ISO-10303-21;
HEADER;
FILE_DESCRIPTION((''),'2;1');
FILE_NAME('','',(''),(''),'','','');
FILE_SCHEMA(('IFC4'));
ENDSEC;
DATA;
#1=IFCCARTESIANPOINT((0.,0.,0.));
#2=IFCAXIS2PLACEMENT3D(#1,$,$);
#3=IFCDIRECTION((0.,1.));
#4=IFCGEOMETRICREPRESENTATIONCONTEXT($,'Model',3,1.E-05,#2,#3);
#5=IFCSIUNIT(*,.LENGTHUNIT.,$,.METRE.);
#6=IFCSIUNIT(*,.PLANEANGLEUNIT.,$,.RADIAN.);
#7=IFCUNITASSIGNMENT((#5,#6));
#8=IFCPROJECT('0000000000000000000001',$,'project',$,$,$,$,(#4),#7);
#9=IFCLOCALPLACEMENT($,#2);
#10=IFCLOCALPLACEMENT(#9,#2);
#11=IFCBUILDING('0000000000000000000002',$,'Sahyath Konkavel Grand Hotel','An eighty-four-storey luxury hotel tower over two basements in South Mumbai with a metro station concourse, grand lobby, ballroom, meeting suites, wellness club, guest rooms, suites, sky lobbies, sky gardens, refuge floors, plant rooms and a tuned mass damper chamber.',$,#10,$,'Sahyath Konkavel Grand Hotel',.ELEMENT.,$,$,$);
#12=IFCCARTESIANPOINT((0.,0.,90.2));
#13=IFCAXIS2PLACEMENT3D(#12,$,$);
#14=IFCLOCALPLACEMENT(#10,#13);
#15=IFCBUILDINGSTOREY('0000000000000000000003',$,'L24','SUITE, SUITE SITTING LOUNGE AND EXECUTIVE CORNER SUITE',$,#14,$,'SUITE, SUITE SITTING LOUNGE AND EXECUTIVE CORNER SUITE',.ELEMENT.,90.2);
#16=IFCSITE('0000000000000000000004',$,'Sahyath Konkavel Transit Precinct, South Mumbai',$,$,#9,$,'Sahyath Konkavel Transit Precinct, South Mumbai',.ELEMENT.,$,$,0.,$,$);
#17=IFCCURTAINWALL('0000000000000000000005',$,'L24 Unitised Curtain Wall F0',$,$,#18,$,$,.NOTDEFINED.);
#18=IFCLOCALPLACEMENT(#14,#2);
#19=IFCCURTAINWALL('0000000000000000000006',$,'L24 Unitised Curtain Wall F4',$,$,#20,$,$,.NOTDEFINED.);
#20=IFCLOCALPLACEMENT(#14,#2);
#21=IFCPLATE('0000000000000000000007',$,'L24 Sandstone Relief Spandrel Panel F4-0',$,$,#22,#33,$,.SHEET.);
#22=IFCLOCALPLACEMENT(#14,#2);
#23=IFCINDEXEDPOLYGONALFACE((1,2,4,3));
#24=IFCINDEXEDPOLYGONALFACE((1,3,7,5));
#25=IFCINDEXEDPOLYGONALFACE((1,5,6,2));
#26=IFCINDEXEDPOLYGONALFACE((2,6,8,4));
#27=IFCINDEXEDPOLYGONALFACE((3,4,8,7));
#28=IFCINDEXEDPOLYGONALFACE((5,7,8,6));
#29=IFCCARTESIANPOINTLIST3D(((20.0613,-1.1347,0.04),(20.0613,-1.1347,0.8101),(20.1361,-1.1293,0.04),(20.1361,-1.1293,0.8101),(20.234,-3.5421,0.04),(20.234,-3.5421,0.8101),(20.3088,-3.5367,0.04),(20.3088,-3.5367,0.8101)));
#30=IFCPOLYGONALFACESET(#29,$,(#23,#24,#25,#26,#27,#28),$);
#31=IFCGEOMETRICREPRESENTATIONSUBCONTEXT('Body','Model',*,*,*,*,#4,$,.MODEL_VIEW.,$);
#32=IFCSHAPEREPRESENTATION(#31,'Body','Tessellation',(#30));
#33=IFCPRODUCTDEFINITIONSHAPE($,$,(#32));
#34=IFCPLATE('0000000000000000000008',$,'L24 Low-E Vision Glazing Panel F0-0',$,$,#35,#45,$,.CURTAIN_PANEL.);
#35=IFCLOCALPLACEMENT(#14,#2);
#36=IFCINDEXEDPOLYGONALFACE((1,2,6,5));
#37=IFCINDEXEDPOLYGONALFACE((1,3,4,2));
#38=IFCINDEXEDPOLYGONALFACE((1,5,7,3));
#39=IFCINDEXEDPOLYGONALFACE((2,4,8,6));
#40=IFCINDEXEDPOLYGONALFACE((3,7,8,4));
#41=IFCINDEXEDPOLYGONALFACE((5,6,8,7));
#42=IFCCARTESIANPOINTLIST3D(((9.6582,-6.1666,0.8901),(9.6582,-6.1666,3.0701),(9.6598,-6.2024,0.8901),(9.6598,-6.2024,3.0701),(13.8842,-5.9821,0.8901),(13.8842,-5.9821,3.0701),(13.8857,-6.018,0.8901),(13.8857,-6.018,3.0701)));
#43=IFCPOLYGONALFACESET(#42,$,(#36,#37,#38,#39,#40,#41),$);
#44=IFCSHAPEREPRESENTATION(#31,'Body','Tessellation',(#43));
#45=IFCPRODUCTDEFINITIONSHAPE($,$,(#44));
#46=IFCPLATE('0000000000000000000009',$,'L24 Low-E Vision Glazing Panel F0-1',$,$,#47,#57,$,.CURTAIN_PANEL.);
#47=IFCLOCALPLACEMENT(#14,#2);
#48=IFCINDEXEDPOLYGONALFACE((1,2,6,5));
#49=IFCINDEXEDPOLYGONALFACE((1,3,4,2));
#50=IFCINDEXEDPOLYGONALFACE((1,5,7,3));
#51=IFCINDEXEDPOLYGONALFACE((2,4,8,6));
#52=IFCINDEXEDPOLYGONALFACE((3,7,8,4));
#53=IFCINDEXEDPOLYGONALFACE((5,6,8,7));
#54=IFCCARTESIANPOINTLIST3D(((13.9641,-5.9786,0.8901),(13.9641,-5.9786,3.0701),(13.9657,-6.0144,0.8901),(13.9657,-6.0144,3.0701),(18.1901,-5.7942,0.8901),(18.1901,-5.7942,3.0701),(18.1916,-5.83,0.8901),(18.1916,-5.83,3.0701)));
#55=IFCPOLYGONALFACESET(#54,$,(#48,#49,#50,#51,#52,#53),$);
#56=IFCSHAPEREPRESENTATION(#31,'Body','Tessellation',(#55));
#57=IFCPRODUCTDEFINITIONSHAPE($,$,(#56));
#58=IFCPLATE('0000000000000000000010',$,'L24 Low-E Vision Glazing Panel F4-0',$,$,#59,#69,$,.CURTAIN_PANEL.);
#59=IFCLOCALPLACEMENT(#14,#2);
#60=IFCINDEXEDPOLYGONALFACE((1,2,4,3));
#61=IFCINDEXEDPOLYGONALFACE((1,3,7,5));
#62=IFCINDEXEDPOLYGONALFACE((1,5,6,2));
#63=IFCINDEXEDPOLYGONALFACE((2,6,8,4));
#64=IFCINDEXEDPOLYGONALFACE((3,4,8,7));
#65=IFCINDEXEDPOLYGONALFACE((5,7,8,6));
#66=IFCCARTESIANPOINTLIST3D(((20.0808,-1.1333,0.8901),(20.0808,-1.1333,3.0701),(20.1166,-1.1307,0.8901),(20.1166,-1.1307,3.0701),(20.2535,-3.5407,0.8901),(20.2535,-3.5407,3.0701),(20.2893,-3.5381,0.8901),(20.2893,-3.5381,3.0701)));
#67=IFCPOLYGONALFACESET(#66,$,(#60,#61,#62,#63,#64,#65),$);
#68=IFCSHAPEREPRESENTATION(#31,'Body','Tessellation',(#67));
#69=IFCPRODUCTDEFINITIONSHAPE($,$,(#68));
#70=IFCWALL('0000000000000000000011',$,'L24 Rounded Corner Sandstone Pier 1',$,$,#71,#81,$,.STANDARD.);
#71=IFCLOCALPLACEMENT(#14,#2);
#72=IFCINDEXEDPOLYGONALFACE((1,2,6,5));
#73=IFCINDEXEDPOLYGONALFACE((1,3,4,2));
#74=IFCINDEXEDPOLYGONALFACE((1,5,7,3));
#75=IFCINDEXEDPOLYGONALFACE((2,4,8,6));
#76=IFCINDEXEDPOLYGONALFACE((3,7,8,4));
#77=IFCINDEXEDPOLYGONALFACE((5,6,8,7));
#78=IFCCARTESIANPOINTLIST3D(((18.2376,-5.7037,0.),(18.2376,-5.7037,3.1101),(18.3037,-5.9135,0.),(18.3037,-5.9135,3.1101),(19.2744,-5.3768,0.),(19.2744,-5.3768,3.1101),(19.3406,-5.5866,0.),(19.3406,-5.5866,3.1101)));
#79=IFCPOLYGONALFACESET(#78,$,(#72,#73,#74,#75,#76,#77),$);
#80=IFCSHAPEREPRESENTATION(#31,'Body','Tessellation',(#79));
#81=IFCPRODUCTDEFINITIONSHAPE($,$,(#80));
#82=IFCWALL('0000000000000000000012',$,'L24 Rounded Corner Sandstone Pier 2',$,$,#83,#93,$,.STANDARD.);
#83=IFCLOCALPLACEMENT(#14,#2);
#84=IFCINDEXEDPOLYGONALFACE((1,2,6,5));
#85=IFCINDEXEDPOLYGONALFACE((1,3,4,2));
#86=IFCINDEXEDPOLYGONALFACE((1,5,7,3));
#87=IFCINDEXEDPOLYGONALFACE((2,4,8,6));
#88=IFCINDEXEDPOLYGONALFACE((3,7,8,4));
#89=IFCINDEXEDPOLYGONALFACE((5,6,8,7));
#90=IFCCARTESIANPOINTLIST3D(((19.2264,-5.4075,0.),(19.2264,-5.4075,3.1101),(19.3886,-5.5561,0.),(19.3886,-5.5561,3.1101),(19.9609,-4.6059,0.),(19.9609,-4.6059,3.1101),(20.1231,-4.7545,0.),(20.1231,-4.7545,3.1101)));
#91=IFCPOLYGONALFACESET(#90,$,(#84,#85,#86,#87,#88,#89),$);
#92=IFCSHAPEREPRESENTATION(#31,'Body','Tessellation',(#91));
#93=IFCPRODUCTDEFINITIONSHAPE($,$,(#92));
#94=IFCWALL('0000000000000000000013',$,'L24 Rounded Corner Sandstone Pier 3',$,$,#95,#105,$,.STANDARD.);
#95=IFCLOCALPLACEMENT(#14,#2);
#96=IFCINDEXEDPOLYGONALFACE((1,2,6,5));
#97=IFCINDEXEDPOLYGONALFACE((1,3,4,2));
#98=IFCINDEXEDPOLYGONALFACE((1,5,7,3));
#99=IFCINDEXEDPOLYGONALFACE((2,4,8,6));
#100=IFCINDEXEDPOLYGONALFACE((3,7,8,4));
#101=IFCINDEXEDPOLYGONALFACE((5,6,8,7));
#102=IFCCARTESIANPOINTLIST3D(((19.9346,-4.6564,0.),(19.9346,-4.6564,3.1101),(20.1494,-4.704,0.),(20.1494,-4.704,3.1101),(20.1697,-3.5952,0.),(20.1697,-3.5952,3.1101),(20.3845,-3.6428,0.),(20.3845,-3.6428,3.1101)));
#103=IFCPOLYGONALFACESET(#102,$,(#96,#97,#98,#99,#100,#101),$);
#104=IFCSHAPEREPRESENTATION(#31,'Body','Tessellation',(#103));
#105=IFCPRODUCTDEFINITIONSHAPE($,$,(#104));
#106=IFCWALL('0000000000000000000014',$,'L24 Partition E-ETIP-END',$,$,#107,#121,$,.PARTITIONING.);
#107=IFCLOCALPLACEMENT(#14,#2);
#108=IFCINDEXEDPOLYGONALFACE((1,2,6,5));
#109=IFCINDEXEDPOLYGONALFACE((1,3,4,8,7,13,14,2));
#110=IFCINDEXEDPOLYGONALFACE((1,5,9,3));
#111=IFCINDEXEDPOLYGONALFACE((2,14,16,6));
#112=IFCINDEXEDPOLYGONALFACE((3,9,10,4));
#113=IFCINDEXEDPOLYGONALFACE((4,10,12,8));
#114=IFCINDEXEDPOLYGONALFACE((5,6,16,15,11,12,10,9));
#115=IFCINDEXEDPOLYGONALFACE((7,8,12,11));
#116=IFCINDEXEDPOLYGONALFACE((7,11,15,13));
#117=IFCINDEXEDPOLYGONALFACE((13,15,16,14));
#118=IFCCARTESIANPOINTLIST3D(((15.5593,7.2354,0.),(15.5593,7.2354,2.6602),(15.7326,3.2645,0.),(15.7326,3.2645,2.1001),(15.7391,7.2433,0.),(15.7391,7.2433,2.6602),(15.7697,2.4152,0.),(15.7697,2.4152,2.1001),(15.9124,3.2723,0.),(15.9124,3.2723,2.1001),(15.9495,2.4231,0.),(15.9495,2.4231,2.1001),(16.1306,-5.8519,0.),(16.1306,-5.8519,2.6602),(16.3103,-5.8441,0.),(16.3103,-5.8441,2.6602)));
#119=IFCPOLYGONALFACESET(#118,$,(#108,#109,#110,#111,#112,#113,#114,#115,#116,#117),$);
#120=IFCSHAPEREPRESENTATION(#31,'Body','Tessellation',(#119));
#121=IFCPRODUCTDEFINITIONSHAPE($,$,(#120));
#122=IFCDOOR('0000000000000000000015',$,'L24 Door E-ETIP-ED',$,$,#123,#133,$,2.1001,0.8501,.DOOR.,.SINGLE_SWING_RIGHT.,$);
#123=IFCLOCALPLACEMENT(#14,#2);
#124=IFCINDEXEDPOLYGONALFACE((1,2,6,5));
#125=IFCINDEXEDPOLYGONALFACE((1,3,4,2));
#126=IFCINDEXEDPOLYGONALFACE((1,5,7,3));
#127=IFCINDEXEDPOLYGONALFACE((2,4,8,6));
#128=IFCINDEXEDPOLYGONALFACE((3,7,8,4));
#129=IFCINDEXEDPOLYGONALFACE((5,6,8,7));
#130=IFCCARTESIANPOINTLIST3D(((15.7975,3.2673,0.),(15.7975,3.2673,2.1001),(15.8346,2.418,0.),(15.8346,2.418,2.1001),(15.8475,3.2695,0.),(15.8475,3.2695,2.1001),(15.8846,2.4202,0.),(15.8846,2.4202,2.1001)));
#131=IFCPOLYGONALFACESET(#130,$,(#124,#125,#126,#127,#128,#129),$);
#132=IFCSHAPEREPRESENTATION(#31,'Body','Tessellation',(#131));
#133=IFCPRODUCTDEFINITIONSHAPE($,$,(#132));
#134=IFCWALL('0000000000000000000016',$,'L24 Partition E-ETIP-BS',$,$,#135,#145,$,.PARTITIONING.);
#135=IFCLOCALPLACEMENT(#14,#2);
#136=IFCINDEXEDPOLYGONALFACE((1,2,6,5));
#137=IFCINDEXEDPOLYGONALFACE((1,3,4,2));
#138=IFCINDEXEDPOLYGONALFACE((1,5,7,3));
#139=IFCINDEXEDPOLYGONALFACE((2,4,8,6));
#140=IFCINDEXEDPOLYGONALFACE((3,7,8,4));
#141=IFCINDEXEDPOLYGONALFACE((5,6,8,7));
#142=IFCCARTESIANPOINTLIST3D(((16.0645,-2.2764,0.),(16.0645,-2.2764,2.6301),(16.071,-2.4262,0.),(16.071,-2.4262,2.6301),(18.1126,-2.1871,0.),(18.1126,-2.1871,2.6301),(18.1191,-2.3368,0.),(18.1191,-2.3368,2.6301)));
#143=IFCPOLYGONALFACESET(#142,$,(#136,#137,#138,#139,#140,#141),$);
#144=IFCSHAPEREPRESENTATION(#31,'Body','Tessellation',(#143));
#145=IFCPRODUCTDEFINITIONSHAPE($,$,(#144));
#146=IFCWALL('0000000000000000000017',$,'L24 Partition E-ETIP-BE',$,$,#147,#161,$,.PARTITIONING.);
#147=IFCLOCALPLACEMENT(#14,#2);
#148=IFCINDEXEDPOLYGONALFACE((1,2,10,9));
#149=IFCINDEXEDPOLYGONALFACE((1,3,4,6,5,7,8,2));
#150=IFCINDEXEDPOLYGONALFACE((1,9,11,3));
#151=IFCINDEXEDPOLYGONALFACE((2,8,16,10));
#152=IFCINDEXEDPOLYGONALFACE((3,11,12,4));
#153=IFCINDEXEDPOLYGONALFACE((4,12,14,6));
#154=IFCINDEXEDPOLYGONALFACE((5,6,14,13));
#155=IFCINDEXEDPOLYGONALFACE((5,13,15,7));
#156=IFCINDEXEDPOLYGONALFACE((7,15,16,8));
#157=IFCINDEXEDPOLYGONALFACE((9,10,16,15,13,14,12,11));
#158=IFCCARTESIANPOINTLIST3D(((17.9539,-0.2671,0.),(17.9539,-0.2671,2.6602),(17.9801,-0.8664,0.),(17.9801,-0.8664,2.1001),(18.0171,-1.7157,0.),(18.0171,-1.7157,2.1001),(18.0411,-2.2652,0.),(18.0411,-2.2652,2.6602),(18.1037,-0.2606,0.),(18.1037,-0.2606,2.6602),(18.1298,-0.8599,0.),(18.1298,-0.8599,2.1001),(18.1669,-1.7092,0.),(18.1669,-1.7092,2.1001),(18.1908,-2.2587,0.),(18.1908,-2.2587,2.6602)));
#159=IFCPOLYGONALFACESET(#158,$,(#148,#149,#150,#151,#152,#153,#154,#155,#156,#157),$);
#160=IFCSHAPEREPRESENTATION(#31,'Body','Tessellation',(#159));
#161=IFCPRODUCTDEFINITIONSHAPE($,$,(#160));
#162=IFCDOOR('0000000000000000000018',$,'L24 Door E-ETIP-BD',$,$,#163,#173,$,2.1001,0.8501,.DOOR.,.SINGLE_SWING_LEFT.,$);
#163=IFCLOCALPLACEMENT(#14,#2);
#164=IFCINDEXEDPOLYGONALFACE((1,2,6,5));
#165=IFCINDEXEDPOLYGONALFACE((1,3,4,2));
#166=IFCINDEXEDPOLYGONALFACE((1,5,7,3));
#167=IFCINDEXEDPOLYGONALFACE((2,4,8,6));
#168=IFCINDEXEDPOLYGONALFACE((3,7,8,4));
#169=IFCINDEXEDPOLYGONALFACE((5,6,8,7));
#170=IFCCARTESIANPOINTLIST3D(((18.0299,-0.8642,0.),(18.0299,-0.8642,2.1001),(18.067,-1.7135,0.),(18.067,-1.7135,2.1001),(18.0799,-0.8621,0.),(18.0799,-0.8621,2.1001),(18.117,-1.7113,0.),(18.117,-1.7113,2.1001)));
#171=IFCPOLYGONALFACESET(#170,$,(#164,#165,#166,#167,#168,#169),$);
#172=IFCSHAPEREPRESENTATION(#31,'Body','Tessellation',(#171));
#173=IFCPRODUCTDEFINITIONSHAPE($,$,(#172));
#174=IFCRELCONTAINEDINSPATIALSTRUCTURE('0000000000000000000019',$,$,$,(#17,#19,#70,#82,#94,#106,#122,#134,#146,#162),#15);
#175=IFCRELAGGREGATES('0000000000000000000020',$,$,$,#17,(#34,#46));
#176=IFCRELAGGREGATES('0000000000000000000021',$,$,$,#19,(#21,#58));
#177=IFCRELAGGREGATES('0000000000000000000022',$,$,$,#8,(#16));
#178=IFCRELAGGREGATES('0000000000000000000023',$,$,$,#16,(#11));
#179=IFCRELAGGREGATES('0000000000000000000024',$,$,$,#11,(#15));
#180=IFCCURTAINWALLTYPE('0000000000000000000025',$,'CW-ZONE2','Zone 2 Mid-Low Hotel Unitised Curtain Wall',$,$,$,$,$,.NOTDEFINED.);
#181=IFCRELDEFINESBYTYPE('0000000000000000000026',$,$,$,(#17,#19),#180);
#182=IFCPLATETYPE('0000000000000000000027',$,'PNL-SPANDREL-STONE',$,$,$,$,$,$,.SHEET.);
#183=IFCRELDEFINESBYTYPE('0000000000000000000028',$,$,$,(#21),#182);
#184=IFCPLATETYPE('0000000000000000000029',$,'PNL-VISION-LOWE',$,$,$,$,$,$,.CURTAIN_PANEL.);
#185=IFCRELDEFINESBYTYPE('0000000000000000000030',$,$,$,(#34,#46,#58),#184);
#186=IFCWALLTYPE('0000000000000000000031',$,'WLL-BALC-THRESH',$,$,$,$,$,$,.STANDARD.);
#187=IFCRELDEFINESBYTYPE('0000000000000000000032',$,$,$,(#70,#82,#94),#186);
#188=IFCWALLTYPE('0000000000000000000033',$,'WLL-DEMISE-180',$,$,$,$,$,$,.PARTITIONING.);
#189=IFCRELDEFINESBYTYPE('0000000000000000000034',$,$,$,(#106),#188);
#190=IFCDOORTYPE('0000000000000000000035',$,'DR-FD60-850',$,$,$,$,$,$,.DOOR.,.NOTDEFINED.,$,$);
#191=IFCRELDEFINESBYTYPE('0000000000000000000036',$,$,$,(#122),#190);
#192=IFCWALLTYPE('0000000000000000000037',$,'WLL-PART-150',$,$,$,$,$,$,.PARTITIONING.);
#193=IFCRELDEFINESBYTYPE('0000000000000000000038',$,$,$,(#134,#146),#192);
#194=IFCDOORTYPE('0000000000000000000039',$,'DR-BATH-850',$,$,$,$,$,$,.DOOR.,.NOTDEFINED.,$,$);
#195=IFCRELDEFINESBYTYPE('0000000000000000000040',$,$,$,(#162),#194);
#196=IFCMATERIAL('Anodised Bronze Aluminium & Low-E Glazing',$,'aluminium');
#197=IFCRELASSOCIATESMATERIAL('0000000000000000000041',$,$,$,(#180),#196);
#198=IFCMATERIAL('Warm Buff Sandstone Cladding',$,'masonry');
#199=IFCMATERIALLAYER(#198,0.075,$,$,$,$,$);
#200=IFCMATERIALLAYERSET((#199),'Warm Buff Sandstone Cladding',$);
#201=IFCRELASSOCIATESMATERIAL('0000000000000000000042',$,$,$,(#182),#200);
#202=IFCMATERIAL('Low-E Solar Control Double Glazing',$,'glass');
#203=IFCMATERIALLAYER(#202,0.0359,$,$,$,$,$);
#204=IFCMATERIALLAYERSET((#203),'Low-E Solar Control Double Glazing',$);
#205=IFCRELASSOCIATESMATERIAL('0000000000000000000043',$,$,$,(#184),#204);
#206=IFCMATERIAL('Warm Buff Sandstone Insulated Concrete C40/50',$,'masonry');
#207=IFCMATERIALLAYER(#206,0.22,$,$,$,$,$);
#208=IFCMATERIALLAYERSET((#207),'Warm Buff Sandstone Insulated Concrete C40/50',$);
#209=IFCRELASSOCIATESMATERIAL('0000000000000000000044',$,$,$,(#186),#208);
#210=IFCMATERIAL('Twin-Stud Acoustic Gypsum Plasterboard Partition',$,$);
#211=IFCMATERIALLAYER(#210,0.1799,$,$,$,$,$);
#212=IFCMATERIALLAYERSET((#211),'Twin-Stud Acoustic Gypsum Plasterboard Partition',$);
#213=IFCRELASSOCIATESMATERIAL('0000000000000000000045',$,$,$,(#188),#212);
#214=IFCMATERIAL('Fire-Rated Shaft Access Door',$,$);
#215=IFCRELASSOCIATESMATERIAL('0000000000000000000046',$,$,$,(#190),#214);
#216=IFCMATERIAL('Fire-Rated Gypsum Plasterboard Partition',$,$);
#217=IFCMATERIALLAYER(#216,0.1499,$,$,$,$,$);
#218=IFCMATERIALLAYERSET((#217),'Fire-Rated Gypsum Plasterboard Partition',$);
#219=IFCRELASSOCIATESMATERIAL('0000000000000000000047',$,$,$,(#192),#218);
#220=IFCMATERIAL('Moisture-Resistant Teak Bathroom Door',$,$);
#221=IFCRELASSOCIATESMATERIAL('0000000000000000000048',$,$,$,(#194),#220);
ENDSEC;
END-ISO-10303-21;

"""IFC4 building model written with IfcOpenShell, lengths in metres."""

from ifc_helpers import new_model, si_unit, direction, frame, frame_2d, origin, origin_2d, place, context, subcontext, project, spatial, rectangle, extrude, source, transform, mapped, material, layer, layer_set, type_object, element, fill, aggregate, save


model = new_model("IFC4")

# Units and contexts
model_context = context("Model", 3, precision=1e-05, world=origin(), true_north=direction((0.0, 1.0)))
body_context = subcontext(model_context, "Body", "Model", "MODEL_VIEW")
ifc_project = project(units=[si_unit("LENGTHUNIT", "METRE"), si_unit("PLANEANGLEUNIT", "RADIAN")], contexts=[model_context])

# Site, building, storey
site_placement = place(None, origin())
site = spatial("IfcSite", under=ifc_project, at=site_placement, Name="Sahyath Konkavel Transit Precinct, South Mumbai", LongName="Sahyath Konkavel Transit Precinct, South Mumbai", CompositionType="ELEMENT", RefElevation=0.0)
building_placement = place(site_placement, origin())
building = spatial("IfcBuilding", under=site, at=building_placement, Name="Sahyath Konkavel Grand Hotel", Description="An eighty-four-storey luxury hotel tower over two basements in South Mumbai with a metro station concourse, grand lobby, ballroom, meeting suites, wellness club, guest rooms, suites, sky lobbies, sky gardens, refuge floors, plant rooms and a tuned mass damper chamber.", LongName="Sahyath Konkavel Grand Hotel", CompositionType="ELEMENT")
storey_placement = place(building_placement, frame((0.0, 0.0, 90.2)))
storey = spatial("IfcBuildingStorey", under=building, at=storey_placement, Name="L24", Description="SUITE, SUITE SITTING LOUNGE AND EXECUTIVE CORNER SUITE", LongName="SUITE, SUITE SITTING LOUNGE AND EXECUTIVE CORNER SUITE", CompositionType="ELEMENT", Elevation=90.2)

# Curtain walls
ifc_material_1 = material(Name="Anodised Bronze Aluminium & Low-E Glazing", Category="aluminium")
curtain_wall_type = type_object("IfcCurtainWallType", Name="CW-ZONE2", Description="Zone 2 Mid-Low Hotel Unitised Curtain Wall", PredefinedType="NOTDEFINED", material=ifc_material_1)
curtain_wall_1_placement = place(storey_placement, origin())
curtain_wall_1 = element("IfcCurtainWall", 1, at=curtain_wall_1_placement, inside=storey, type_object=curtain_wall_type, Name="L24 Unitised Curtain Wall F0", PredefinedType="NOTDEFINED")
curtain_wall_2_placement = place(storey_placement, origin())
curtain_wall_2 = element("IfcCurtainWall", 2, at=curtain_wall_2_placement, inside=storey, type_object=curtain_wall_type, Name="L24 Unitised Curtain Wall F4", PredefinedType="NOTDEFINED")

# Plates
ifc_material_2 = material(Name="Warm Buff Sandstone Cladding", Category="masonry")
ifc_layer_1 = layer(ifc_material_2, 0.075)
ifc_layer_set_1 = layer_set([ifc_layer_1], Name="Warm Buff Sandstone Cladding")
plate_type_1 = type_object("IfcPlateType", Name="PNL-SPANDREL-STONE", PredefinedType="SHEET", material=ifc_layer_set_1)
shared_shape_1 = source(origin(), body_context, "Body", "SweptSolid", [
    extrude(rectangle(XDim=2.4136, YDim=0.075, at=origin_2d()), origin(), (0.0, 0.0, 1.0), 0.77),
])
plate_1_placement = place(storey_placement, frame((20.1851, -2.3357, 0.04), z_axis=(0.0, 0.0, 1.0), x_axis=(-0.071567, 0.997436, 0.0)))
plate_1 = element("IfcPlate", 3, at=plate_1_placement, type_object=plate_type_1, Name="L24 Sandstone Relief Spandrel Panel F4-0", PredefinedType="SHEET", context=body_context, shape_type="MappedRepresentation", body=[
    mapped(shared_shape_1, transform((0.0, 0.0, 0.0), scale=1.0)),
])
ifc_material_3 = material(Name="Low-E Solar Control Double Glazing", Category="glass")
ifc_layer_2 = layer(ifc_material_3, 0.0359)
ifc_layer_set_2 = layer_set([ifc_layer_2], Name="Low-E Solar Control Double Glazing")
plate_type_2 = type_object("IfcPlateType", Name="PNL-VISION-LOWE", PredefinedType="CURTAIN_PANEL", material=ifc_layer_set_2)
shared_shape_2 = source(origin(), body_context, "Body", "SweptSolid", [
    extrude(rectangle(XDim=4.23, YDim=0.0359, at=origin_2d()), origin(), (0.0, 0.0, 1.0), 2.1799),
])
plate_2_placement = place(storey_placement, frame((11.772, -6.0923, 0.8901), z_axis=(0.0, 0.0, 1.0), x_axis=(0.999049, 0.043602, 0.0)))
plate_2 = element("IfcPlate", 4, at=plate_2_placement, type_object=plate_type_2, Name="L24 Low-E Vision Glazing Panel F0-0", PredefinedType="CURTAIN_PANEL", context=body_context, shape_type="MappedRepresentation", body=[
    mapped(shared_shape_2, transform((0.0, 0.0, 0.0), scale=1.0)),
])
plate_3_placement = place(storey_placement, frame((16.0779, -5.9043, 0.8901), z_axis=(0.0, 0.0, 1.0), x_axis=(0.999049, 0.043602, 0.0)))
plate_3 = element("IfcPlate", 5, at=plate_3_placement, type_object=plate_type_2, Name="L24 Low-E Vision Glazing Panel F0-1", PredefinedType="CURTAIN_PANEL", context=body_context, shape_type="MappedRepresentation", body=[
    mapped(shared_shape_2, transform((0.0, 0.0, 0.0), scale=1.0)),
])
aggregate(curtain_wall_1, [plate_2, plate_3])
shared_shape_3 = source(origin(), body_context, "Body", "SweptSolid", [
    extrude(rectangle(XDim=2.4136, YDim=0.0359, at=origin_2d()), origin(), (0.0, 0.0, 1.0), 2.1799),
])
plate_4_placement = place(storey_placement, frame((20.1851, -2.3357, 0.8901), z_axis=(0.0, 0.0, 1.0), x_axis=(-0.071567, 0.997436, 0.0)))
plate_4 = element("IfcPlate", 6, at=plate_4_placement, type_object=plate_type_2, Name="L24 Low-E Vision Glazing Panel F4-0", PredefinedType="CURTAIN_PANEL", context=body_context, shape_type="MappedRepresentation", body=[
    mapped(shared_shape_3, transform((0.0, 0.0, 0.0), scale=1.0)),
])
aggregate(curtain_wall_2, [plate_1, plate_4])

# Walls
ifc_material_4 = material(Name="Warm Buff Sandstone Insulated Concrete C40/50", Category="masonry")
ifc_layer_3 = layer(ifc_material_4, 0.22)
ifc_layer_set_3 = layer_set([ifc_layer_3], Name="Warm Buff Sandstone Insulated Concrete C40/50")
wall_type_1 = type_object("IfcWallType", Name="WLL-BALC-THRESH", PredefinedType="STANDARD", material=ifc_layer_set_3)
for number, where, z_axis, x_axis, name in (
    (7, (18.2708, -5.8086, 0.0), (0.0, 0.0, 1.0), (0.953722, 0.300691, 0.0), "L24 Rounded Corner Sandstone Pier 1"),
    (8, (19.3076, -5.4817, 0.0), (0.0, 0.0, 1.0), (0.675552, 0.737313, 0.0), "L24 Rounded Corner Sandstone Pier 2"),
):
    element("IfcWall", number, at=place(storey_placement, frame(where, z_axis=z_axis, x_axis=x_axis)), inside=storey, type_object=wall_type_1, Name=name, PredefinedType="STANDARD", context=body_context, shape_type="SweptSolid", body=[
        extrude(rectangle(XDim=1.0872, YDim=0.22, at=frame_2d((0.5435, 0.0))), origin(), (0.0, 0.0, 1.0), 3.1101),
    ])
wall_1_placement = place(storey_placement, frame((20.042, -4.6802, 0.0), z_axis=(0.0, 0.0, 1.0), x_axis=(0.216288, 0.97633, 0.0)))
element("IfcWall", 9, at=wall_1_placement, inside=storey, type_object=wall_type_1, Name="L24 Rounded Corner Sandstone Pier 3", PredefinedType="STANDARD", context=body_context, shape_type="SweptSolid", body=[
    extrude(rectangle(XDim=1.0869, YDim=0.22, at=frame_2d((0.5435, 0.0))), origin(), (0.0, 0.0, 1.0), 3.1101),
])

# Wall, opening, door
ifc_material_5 = material(Name="Twin-Stud Acoustic Gypsum Plasterboard Partition")
ifc_layer_4 = layer(ifc_material_5, 0.1799)
ifc_layer_set_4 = layer_set([ifc_layer_4], Name="Twin-Stud Acoustic Gypsum Plasterboard Partition")
wall_type_2 = type_object("IfcWallType", Name="WLL-DEMISE-180", PredefinedType="PARTITIONING", material=ifc_layer_set_4)
wall_2_placement = place(storey_placement, frame((16.2205, -5.8479, 0.0), z_axis=(0.0, 0.0, 1.0), x_axis=(-0.04361, 0.999049, 0.0)))
wall_2 = element("IfcWall", 10, at=wall_2_placement, inside=storey, type_object=wall_type_2, Name="L24 Partition E-ETIP-END", PredefinedType="PARTITIONING", context=body_context, shape_type="SweptSolid", body=[
    extrude(rectangle(XDim=13.0999, YDim=0.1799, at=frame_2d((6.5498, 0.0))), origin(), (0.0, 0.0, 1.0), 2.6602),
])
opening_1_placement = place(wall_2_placement, frame((8.2749, 0.0, 0.0)))
opening_1 = element("IfcOpeningElement", 11, at=opening_1_placement, cuts=wall_2, PredefinedType="OPENING", context=body_context, shape_type="SweptSolid", body=[
    extrude(rectangle(XDim=0.8501, YDim=2.1001, at=frame_2d((0.425, 1.05))), frame((0.0, 0.1001, 0.0), z_axis=(0.0, -1.0, 0.0), x_axis=(1.0, 0.0, 0.0)), (0.0, 0.0, 1.0), 0.2),
])
ifc_material_6 = material(Name="Fire-Rated Shaft Access Door")
door_type_1 = type_object("IfcDoorType", Name="DR-FD60-850", OperationType="NOTDEFINED", PredefinedType="DOOR", material=ifc_material_6)
shared_shape_4 = source(origin(), body_context, "Body", "SweptSolid", [
    extrude(rectangle(XDim=0.8501, YDim=0.05, at=origin_2d()), origin(), (0.0, 0.0, 1.0), 2.1001),
])
door_1_placement = place(opening_1_placement, frame((0.425, 0.0, 0.0)))
door_1 = element("IfcDoor", 12, at=door_1_placement, inside=storey, type_object=door_type_1, Name="L24 Door E-ETIP-ED", OperationType="SINGLE_SWING_RIGHT", OverallHeight=2.1001, OverallWidth=0.8501, PredefinedType="DOOR", context=body_context, shape_type="MappedRepresentation", body=[
    mapped(shared_shape_4, transform((0.0, 0.0, 0.0), scale=1.0)),
])
fill(opening_1, door_1)

# Wall
ifc_material_7 = material(Name="Fire-Rated Gypsum Plasterboard Partition")
ifc_layer_5 = layer(ifc_material_7, 0.1499)
ifc_layer_set_5 = layer_set([ifc_layer_5], Name="Fire-Rated Gypsum Plasterboard Partition")
wall_type_3 = type_object("IfcWallType", Name="WLL-PART-150", PredefinedType="PARTITIONING", material=ifc_layer_set_5)
wall_3_placement = place(storey_placement, frame((16.0679, -2.3513, 0.0), z_axis=(0.0, 0.0, 1.0), x_axis=(0.99905, 0.043587, 0.0)))
element("IfcWall", 13, at=wall_3_placement, inside=storey, type_object=wall_type_3, Name="L24 Partition E-ETIP-BS", PredefinedType="PARTITIONING", context=body_context, shape_type="SweptSolid", body=[
    extrude(rectangle(XDim=2.05, YDim=0.1499, at=frame_2d((1.0249, 0.0))), origin(), (0.0, 0.0, 1.0), 2.6301),
])

# Wall, opening, door
wall_4_placement = place(storey_placement, frame((18.116, -2.262, 0.0), z_axis=(0.0, 0.0, 1.0), x_axis=(-0.04358, 0.99905, 0.0)))
wall_4 = element("IfcWall", 14, at=wall_4_placement, inside=storey, type_object=wall_type_3, Name="L24 Partition E-ETIP-BE", PredefinedType="PARTITIONING", context=body_context, shape_type="SweptSolid", body=[
    extrude(rectangle(XDim=2.0, YDim=0.1499, at=frame_2d((1.0, 0.0))), origin(), (0.0, 0.0, 1.0), 2.6602),
])
opening_2_placement = place(wall_4_placement, frame((0.55, 0.0, 0.0)))
opening_2 = element("IfcOpeningElement", 15, at=opening_2_placement, cuts=wall_4, PredefinedType="OPENING", context=body_context, shape_type="SweptSolid", body=[
    extrude(rectangle(XDim=0.8501, YDim=2.1001, at=frame_2d((0.425, 1.05))), frame((0.0, 0.085, 0.0), z_axis=(0.0, -1.0, 0.0), x_axis=(1.0, 0.0, 0.0)), (0.0, 0.0, 1.0), 0.1699),
])
ifc_material_8 = material(Name="Moisture-Resistant Teak Bathroom Door")
door_type_2 = type_object("IfcDoorType", Name="DR-BATH-850", OperationType="NOTDEFINED", PredefinedType="DOOR", material=ifc_material_8)
door_2_placement = place(opening_2_placement, frame((0.425, 0.0, 0.0)))
door_2 = element("IfcDoor", 16, at=door_2_placement, inside=storey, type_object=door_type_2, Name="L24 Door E-ETIP-BD", OperationType="SINGLE_SWING_LEFT", OverallHeight=2.1001, OverallWidth=0.8501, PredefinedType="DOOR", context=body_context, shape_type="MappedRepresentation", body=[
    mapped(shared_shape_4, transform((0.0, 0.0, 0.0), scale=1.0)),
])
fill(opening_2, door_2)

save(model, "model.ifc")
